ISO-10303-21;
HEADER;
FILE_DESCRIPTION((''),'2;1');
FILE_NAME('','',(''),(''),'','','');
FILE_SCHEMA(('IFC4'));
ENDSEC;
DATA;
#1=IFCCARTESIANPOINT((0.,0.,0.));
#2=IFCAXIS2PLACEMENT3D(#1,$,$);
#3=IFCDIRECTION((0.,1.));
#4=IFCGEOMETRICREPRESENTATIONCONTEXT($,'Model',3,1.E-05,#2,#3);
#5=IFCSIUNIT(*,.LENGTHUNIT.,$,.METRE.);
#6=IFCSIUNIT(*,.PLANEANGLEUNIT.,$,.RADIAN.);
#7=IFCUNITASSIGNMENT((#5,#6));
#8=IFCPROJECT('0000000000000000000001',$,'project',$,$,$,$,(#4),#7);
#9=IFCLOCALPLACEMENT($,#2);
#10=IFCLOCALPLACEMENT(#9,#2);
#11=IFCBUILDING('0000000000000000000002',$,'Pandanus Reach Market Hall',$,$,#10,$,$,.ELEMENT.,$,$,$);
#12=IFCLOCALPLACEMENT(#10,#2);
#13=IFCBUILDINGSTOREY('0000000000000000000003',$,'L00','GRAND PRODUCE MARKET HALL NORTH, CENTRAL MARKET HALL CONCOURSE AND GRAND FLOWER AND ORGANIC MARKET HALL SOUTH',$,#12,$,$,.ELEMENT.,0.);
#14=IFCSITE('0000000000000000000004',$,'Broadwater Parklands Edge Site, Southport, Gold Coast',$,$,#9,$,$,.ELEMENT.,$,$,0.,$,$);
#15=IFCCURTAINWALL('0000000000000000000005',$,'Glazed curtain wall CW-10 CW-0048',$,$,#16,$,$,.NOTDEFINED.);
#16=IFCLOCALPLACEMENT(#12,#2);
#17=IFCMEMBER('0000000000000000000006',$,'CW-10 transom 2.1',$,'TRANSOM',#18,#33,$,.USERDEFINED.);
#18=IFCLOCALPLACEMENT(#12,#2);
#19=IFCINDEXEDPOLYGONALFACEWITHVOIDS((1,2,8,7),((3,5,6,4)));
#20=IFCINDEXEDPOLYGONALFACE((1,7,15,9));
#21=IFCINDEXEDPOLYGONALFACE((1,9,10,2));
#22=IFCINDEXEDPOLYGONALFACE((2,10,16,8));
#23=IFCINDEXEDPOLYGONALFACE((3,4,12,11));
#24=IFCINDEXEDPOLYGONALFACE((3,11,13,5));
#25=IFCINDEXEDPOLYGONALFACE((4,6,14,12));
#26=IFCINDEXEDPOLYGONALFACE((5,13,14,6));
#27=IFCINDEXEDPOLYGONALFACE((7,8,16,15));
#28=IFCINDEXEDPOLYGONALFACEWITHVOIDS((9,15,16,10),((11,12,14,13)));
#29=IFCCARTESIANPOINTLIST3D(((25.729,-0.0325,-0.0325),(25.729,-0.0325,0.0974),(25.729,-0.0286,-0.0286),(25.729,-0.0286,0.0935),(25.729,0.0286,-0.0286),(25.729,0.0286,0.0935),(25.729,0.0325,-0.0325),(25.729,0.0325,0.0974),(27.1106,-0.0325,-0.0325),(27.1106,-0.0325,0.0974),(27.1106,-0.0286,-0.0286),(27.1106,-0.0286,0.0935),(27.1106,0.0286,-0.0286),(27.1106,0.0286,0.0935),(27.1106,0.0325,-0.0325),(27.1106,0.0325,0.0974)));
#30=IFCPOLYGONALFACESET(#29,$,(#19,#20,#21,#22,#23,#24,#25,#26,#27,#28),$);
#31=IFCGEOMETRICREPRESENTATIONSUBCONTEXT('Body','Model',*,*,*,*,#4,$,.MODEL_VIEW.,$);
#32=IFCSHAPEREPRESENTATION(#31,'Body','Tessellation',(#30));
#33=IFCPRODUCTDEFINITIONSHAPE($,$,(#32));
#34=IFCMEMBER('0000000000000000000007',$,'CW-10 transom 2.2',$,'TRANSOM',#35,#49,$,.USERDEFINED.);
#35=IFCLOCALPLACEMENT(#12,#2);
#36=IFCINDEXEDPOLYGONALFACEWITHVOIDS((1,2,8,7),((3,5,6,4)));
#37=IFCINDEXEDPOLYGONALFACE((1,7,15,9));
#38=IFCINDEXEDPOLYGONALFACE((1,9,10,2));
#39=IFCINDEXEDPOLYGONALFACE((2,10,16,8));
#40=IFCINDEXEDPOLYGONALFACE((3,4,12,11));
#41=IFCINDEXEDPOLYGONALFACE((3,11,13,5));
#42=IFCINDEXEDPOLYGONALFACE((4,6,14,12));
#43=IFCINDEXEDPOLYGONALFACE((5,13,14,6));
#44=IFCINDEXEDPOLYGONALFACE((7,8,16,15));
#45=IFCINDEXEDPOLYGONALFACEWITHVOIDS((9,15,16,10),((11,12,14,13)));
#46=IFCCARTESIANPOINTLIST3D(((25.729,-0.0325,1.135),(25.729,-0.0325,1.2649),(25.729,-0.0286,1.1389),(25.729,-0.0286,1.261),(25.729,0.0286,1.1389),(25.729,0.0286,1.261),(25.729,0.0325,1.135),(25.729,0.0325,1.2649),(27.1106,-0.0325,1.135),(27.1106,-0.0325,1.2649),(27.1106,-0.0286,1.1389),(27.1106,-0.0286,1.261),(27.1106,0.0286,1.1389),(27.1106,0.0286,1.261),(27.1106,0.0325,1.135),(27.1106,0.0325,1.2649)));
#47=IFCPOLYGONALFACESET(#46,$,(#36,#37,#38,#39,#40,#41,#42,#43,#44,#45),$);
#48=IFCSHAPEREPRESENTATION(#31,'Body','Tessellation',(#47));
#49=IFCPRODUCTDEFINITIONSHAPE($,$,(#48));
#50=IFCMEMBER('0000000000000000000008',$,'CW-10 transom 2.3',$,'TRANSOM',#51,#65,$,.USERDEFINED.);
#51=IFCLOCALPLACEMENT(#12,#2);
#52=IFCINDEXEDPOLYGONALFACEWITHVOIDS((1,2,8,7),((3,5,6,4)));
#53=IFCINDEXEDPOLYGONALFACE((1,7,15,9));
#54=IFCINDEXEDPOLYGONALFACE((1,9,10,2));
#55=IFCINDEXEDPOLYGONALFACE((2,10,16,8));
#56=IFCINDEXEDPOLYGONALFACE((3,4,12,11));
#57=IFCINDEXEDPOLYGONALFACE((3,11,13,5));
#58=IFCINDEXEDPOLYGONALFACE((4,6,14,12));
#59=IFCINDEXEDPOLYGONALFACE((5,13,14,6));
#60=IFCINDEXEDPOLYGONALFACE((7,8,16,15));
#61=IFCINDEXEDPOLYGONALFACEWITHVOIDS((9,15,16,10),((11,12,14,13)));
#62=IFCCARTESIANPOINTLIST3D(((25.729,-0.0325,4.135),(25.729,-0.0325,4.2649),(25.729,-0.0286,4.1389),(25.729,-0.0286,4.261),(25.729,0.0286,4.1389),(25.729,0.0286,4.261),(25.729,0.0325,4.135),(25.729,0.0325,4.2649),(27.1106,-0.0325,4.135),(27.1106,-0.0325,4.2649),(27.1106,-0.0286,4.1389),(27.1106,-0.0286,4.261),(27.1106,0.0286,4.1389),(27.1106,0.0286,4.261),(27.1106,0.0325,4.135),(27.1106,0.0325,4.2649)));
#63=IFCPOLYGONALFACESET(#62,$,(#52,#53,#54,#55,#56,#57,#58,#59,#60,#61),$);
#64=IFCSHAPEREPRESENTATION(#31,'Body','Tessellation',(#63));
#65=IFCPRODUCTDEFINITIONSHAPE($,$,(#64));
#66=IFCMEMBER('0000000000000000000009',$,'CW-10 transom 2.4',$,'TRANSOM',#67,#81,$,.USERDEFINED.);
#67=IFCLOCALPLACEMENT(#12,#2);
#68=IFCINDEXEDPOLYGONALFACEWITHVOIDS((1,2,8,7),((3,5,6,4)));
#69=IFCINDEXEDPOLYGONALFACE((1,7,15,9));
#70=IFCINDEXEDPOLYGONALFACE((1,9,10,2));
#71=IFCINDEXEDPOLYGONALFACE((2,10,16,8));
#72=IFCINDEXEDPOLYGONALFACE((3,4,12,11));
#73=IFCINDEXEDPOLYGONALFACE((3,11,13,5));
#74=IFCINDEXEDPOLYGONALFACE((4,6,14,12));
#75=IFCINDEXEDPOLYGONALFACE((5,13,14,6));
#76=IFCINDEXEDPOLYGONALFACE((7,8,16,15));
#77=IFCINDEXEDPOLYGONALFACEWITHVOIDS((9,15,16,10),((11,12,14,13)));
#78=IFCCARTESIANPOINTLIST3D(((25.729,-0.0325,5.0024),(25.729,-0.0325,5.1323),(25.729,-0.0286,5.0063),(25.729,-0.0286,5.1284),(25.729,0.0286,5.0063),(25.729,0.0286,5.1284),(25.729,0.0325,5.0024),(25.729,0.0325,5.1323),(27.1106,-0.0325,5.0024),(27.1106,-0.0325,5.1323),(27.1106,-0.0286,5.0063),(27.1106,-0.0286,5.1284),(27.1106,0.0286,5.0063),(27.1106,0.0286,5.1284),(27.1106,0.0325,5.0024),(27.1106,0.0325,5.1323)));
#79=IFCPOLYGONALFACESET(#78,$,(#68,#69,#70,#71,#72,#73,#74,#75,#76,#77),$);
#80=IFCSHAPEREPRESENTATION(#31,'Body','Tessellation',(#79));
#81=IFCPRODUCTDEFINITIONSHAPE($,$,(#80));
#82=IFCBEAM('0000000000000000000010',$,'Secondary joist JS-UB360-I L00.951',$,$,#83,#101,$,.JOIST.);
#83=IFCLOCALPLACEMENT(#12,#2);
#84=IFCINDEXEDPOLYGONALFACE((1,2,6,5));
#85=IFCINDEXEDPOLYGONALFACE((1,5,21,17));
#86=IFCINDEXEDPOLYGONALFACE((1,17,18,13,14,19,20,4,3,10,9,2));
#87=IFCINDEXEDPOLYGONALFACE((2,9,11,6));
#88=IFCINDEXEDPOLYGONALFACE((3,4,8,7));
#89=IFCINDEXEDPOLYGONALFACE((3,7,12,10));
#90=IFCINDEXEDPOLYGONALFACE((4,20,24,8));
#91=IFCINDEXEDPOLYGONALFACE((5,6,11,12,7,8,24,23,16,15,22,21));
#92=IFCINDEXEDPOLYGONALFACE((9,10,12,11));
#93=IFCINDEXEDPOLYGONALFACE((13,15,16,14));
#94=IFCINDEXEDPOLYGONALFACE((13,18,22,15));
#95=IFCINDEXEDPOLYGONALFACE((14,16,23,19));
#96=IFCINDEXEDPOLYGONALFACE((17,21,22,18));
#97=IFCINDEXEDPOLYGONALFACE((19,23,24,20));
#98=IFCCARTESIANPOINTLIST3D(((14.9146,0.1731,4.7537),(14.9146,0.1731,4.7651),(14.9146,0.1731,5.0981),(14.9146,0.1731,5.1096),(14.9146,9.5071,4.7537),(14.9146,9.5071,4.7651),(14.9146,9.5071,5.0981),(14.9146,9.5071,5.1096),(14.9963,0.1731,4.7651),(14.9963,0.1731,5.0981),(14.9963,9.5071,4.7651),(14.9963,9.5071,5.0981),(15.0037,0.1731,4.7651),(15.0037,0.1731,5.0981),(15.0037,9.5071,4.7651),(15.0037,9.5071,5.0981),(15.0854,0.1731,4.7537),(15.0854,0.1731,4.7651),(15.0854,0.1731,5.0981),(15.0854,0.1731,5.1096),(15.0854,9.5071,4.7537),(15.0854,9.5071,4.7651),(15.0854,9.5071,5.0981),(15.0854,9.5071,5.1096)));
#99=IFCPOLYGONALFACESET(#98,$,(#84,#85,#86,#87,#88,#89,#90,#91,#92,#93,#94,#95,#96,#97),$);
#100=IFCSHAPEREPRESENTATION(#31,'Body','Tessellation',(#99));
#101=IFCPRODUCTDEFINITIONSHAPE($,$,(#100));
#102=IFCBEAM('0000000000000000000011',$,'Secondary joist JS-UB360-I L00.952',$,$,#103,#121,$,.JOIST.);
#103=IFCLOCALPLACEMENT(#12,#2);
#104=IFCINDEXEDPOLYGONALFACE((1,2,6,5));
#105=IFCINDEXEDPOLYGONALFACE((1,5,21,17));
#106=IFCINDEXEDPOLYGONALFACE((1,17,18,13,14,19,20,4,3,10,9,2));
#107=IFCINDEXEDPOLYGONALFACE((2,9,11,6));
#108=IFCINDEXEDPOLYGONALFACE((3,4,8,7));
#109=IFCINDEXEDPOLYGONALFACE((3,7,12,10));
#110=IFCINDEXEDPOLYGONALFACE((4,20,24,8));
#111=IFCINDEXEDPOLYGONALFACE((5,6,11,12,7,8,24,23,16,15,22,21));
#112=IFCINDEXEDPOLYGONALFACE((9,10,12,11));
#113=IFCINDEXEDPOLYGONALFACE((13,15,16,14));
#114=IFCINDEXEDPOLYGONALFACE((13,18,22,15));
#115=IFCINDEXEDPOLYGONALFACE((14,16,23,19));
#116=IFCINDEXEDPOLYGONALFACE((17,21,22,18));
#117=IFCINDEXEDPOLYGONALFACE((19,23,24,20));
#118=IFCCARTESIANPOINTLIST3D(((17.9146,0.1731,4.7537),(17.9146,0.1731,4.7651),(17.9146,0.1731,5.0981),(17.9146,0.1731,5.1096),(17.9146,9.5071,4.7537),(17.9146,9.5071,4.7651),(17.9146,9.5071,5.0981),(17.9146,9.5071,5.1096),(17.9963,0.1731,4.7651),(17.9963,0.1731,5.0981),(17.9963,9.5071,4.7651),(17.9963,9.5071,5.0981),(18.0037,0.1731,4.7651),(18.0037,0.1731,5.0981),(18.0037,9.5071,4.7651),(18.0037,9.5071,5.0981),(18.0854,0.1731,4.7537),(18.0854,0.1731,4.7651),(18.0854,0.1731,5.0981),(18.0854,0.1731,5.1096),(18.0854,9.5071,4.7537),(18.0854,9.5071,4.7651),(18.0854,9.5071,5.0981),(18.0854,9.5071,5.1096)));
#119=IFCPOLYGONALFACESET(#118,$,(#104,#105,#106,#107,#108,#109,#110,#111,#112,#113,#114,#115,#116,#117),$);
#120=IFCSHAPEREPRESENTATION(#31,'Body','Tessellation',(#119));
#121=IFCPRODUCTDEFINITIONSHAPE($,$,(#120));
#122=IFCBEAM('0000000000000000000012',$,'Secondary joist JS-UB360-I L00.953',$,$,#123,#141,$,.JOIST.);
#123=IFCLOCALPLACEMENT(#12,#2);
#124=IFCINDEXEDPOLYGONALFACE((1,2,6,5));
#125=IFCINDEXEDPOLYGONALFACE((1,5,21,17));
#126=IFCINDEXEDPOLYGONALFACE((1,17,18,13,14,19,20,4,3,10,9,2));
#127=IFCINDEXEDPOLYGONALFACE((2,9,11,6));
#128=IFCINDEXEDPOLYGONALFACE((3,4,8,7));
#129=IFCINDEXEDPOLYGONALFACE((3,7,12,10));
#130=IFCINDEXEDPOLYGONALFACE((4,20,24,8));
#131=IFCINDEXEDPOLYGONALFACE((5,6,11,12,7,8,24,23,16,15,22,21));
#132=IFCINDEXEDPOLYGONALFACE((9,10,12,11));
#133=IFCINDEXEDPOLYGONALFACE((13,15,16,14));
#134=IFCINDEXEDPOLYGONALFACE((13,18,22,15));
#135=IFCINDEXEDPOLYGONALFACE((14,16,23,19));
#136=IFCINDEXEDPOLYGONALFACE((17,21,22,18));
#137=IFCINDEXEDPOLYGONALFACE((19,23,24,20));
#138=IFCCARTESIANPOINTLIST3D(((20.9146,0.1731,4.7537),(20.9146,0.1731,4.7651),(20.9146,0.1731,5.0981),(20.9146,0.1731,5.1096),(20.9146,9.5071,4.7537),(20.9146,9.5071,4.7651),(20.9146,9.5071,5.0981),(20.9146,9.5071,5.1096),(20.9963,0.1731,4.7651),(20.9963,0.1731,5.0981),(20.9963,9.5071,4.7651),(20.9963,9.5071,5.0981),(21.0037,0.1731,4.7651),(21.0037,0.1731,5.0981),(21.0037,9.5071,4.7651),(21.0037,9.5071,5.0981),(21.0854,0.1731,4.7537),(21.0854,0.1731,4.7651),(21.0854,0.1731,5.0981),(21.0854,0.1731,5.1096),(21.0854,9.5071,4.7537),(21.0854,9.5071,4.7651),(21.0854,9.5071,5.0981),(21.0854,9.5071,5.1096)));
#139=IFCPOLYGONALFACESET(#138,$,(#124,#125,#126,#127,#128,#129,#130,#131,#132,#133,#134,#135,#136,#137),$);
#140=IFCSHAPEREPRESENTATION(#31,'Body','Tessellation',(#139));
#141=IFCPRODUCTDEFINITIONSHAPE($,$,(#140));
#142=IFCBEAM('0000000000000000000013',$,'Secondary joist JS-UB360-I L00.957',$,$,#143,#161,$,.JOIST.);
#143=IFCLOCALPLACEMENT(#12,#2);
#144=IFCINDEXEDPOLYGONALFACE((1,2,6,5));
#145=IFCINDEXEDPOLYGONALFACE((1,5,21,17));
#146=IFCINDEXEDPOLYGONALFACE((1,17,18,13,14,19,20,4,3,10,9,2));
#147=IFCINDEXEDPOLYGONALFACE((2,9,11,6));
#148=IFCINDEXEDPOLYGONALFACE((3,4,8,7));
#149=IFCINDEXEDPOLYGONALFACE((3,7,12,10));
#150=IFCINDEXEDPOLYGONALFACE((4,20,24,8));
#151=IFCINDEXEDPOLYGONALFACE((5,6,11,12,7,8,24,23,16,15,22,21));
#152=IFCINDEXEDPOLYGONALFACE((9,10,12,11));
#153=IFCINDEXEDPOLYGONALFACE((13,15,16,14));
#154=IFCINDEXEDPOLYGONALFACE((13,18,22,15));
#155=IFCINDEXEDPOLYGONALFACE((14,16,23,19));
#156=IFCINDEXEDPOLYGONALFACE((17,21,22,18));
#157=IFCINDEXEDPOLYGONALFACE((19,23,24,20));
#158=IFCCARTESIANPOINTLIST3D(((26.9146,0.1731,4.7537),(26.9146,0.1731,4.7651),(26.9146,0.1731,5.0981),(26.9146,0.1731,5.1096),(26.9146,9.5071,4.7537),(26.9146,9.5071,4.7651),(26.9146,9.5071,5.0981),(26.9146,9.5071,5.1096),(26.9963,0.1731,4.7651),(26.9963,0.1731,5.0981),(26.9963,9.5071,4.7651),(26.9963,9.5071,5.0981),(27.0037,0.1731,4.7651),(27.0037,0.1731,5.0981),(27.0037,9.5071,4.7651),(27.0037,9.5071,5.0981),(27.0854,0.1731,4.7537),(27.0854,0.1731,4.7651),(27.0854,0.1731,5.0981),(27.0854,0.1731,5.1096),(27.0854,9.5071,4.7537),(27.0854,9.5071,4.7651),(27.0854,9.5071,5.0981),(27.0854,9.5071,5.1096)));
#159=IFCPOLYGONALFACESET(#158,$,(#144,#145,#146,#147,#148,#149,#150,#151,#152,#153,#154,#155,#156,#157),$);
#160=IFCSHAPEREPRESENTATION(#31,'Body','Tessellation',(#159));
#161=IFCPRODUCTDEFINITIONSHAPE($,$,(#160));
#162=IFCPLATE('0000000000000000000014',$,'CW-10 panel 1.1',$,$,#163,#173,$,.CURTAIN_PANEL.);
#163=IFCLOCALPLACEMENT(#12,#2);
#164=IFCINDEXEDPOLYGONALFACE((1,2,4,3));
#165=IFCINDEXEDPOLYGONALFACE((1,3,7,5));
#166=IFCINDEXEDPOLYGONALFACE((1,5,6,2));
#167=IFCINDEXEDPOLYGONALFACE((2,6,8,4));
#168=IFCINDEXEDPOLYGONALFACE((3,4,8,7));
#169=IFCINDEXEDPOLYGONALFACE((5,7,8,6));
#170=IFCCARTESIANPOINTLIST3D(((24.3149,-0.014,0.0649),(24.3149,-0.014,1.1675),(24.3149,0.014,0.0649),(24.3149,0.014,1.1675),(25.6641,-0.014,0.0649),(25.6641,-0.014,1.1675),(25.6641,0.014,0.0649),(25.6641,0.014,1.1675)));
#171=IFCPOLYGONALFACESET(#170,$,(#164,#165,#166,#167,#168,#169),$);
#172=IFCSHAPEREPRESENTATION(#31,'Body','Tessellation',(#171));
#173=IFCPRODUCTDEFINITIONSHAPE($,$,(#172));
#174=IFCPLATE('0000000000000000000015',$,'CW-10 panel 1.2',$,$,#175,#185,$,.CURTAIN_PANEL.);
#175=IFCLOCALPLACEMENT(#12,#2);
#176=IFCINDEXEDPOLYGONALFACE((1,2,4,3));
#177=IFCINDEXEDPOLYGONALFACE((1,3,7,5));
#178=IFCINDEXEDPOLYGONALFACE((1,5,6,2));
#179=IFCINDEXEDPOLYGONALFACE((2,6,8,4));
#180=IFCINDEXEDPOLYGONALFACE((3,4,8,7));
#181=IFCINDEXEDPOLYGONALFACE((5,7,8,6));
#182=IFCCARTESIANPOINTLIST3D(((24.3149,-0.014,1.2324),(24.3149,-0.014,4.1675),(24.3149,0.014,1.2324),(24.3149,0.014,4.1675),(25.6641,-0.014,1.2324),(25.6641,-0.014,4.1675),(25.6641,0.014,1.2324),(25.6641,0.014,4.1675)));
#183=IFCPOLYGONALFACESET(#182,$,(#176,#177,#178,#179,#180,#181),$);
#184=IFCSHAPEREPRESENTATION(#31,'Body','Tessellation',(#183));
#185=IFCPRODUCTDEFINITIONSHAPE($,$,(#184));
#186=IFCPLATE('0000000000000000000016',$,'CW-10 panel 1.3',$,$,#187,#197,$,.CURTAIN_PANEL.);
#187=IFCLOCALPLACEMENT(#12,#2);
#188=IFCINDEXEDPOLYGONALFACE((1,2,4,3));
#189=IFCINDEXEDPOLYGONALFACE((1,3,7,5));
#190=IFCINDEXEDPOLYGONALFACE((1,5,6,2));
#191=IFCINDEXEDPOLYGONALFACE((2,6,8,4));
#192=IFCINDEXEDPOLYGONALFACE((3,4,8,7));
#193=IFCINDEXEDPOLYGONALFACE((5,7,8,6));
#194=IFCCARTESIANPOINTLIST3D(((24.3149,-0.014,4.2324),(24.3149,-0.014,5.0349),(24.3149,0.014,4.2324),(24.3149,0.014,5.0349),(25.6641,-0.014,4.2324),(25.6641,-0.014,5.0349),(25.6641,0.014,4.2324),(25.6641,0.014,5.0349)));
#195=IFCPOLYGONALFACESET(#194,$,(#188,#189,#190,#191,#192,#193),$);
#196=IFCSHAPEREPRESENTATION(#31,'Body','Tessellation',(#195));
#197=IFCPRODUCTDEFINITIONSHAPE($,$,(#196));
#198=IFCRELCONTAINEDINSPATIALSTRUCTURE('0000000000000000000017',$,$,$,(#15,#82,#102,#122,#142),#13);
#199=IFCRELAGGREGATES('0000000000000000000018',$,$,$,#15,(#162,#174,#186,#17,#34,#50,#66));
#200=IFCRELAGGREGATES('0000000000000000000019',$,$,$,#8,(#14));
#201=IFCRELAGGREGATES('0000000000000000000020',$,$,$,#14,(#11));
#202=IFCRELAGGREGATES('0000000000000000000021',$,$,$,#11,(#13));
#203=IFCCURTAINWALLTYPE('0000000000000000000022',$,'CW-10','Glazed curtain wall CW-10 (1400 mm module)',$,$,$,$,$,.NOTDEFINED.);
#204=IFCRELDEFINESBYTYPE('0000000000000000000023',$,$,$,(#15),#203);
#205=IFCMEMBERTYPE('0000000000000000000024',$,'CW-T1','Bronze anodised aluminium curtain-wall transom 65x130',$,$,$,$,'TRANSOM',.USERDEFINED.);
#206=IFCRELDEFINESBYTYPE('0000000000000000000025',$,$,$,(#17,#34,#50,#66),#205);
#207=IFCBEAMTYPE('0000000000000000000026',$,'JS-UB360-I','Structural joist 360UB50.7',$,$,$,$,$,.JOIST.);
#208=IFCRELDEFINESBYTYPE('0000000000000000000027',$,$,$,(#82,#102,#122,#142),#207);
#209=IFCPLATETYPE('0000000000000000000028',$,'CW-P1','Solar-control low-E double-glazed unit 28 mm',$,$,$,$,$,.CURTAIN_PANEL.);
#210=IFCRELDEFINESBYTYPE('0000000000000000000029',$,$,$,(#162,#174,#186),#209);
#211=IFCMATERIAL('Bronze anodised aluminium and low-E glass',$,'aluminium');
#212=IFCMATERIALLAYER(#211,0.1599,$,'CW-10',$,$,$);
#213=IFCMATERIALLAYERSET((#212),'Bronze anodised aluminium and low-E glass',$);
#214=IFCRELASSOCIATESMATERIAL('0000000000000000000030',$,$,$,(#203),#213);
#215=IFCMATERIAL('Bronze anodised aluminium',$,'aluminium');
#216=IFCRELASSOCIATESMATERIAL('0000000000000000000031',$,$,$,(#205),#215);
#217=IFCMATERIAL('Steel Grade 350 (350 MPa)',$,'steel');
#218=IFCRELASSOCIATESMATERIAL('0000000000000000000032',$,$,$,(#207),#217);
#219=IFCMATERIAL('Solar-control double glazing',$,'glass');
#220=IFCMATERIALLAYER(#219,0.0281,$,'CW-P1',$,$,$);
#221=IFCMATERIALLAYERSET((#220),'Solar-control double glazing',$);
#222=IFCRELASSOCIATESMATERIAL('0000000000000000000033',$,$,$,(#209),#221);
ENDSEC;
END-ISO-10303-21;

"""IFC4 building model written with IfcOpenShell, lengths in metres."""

from ifc_helpers import new_model, si_unit, direction, frame, origin, origin_2d, place, context, subcontext, project, spatial, rectangle, hollow_rectangle, i_section, extrude, material, layer, layer_set, material_profile, profile_set, type_object, element, aggregate, save


model = new_model("IFC4")

# Units and contexts
model_context = context("Model", 3, precision=1e-05, world=origin(), true_north=direction((0.0, 1.0)))
body_context = subcontext(model_context, "Body", "Model", "MODEL_VIEW")
ifc_project = project(units=[si_unit("LENGTHUNIT", "METRE"), si_unit("PLANEANGLEUNIT", "RADIAN")], contexts=[model_context])

# Site, building, storey
site_placement = place(None, origin())
site = spatial("IfcSite", under=ifc_project, at=site_placement, Name="Broadwater Parklands Edge Site, Southport, Gold Coast", CompositionType="ELEMENT", RefElevation=0.0)
building_placement = place(site_placement, origin())
building = spatial("IfcBuilding", under=site, at=building_placement, Name="Pandanus Reach Market Hall", CompositionType="ELEMENT")
storey_placement = place(building_placement, origin())
storey = spatial("IfcBuildingStorey", under=building, at=storey_placement, Name="L00", Description="GRAND PRODUCE MARKET HALL NORTH, CENTRAL MARKET HALL CONCOURSE AND GRAND FLOWER AND ORGANIC MARKET HALL SOUTH", CompositionType="ELEMENT", Elevation=0.0)

# Shared definitions
ifc_material_1 = material(Name="Steel Grade 350 (350 MPa)", Category="steel")

# Shared definitions
ifc_material_2 = material(Name="Bronze anodised aluminium and low-E glass", Category="aluminium")
ifc_material_3 = material(Name="Bronze anodised aluminium", Category="aluminium")

# Curtain wall, members
ifc_layer_1 = layer(ifc_material_2, 0.1599, Name="CW-10")
ifc_layer_set_1 = layer_set([ifc_layer_1], Name="Bronze anodised aluminium and low-E glass")
curtain_wall_type_1 = type_object("IfcCurtainWallType", Name="CW-10", Description="Glazed curtain wall CW-10 (1400 mm module)", PredefinedType="NOTDEFINED", material=ifc_layer_set_1)
curtain_wall_1_placement = place(storey_placement, origin())
curtain_wall_1 = element("IfcCurtainWall", 1, at=curtain_wall_1_placement, inside=storey, type_object=curtain_wall_type_1, Name="Glazed curtain wall CW-10 CW-0048", PredefinedType="NOTDEFINED")
ifc_material_profile_1 = material_profile(ifc_material_3, hollow_rectangle(XDim=0.0649, YDim=0.1299, WallThickness=0.0039, at=origin_2d()), Name="ALU65x130", Category="LoadBearing")
ifc_profile_set_1 = profile_set([ifc_material_profile_1], Name="Bronze anodised aluminium")
member_type_1 = type_object("IfcMemberType", Name="CW-T1", Description="Bronze anodised aluminium curtain-wall transom 65x130", ElementType="TRANSOM", PredefinedType="USERDEFINED", material=ifc_profile_set_1)
member_1_placement = place(storey_placement, frame((25.729, 0.0, 0.0325), z_axis=(1.0, 0.0, 0.0), x_axis=(0.0, 1.0, 0.0)))
member_1 = element("IfcMember", 2, at=member_1_placement, type_object=member_type_1, Name="CW-10 transom 2.1", ObjectType="TRANSOM", PredefinedType="USERDEFINED", context=body_context, shape_type="SweptSolid", body=[
    extrude(hollow_rectangle(XDim=0.0649, YDim=0.1299, WallThickness=0.0039, at=origin_2d()), origin(), (0.0, 0.0, 1.0), 1.3816),
])
member_2_placement = place(storey_placement, frame((25.729, 0.0, 1.2), z_axis=(1.0, 0.0, 0.0), x_axis=(0.0, 1.0, 0.0)))
member_2 = element("IfcMember", 3, at=member_2_placement, type_object=member_type_1, Name="CW-10 transom 2.2", ObjectType="TRANSOM", PredefinedType="USERDEFINED", context=body_context, shape_type="SweptSolid", body=[
    extrude(hollow_rectangle(XDim=0.0649, YDim=0.1299, WallThickness=0.0039, at=origin_2d()), origin(), (0.0, 0.0, 1.0), 1.3816),
])
member_3_placement = place(storey_placement, frame((25.729, 0.0, 4.2), z_axis=(1.0, 0.0, 0.0), x_axis=(0.0, 1.0, 0.0)))
member_3 = element("IfcMember", 4, at=member_3_placement, type_object=member_type_1, Name="CW-10 transom 2.3", ObjectType="TRANSOM", PredefinedType="USERDEFINED", context=body_context, shape_type="SweptSolid", body=[
    extrude(hollow_rectangle(XDim=0.0649, YDim=0.1299, WallThickness=0.0039, at=origin_2d()), origin(), (0.0, 0.0, 1.0), 1.3816),
])
member_4_placement = place(storey_placement, frame((25.729, 0.0, 5.0674), z_axis=(1.0, 0.0, 0.0), x_axis=(0.0, 1.0, 0.0)))
member_4 = element("IfcMember", 5, at=member_4_placement, type_object=member_type_1, Name="CW-10 transom 2.4", ObjectType="TRANSOM", PredefinedType="USERDEFINED", context=body_context, shape_type="SweptSolid", body=[
    extrude(hollow_rectangle(XDim=0.0649, YDim=0.1299, WallThickness=0.0039, at=origin_2d()), origin(), (0.0, 0.0, 1.0), 1.3816),
])

# Beams
ifc_material_profile_2 = material_profile(ifc_material_1, i_section(OverallWidth=0.1709, OverallDepth=0.356, WebThickness=0.0073, FlangeThickness=0.0115, at=origin_2d()), Name="360UB50.7", Category="LoadBearing")
ifc_profile_set_2 = profile_set([ifc_material_profile_2], Name="Steel Grade 350 (350 MPa)")
beam_type_1 = type_object("IfcBeamType", Name="JS-UB360-I", Description="Structural joist 360UB50.7", PredefinedType="JOIST", material=ifc_profile_set_2)
for number, where, z_axis, x_axis, name in (
    (6, (15.0, 0.1731, 4.9316), (0.0, 1.0, 0.0), (-1.0, 0.0, 0.0), "Secondary joist JS-UB360-I L00.951"),
    (7, (18.0, 0.1731, 4.9316), (0.0, 1.0, 0.0), (-1.0, 0.0, 0.0), "Secondary joist JS-UB360-I L00.952"),
    (8, (21.0, 0.1731, 4.9316), (0.0, 1.0, 0.0), (-1.0, 0.0, 0.0), "Secondary joist JS-UB360-I L00.953"),
    (9, (27.0, 0.1731, 4.9316), (0.0, 1.0, 0.0), (-1.0, 0.0, 0.0), "Secondary joist JS-UB360-I L00.957"),
):
    element("IfcBeam", number, at=place(storey_placement, frame(where, z_axis=z_axis, x_axis=x_axis)), inside=storey, type_object=beam_type_1, Name=name, PredefinedType="JOIST", context=body_context, shape_type="SweptSolid", body=[
        extrude(i_section(OverallWidth=0.1709, OverallDepth=0.356, WebThickness=0.0073, FlangeThickness=0.0115, at=origin_2d()), origin(), (0.0, 0.0, 1.0), 9.334),
    ])

# Plates
ifc_material_4 = material(Name="Solar-control double glazing", Category="glass")
ifc_layer_2 = layer(ifc_material_4, 0.0281, Name="CW-P1")
ifc_layer_set_2 = layer_set([ifc_layer_2], Name="Solar-control double glazing")
plate_type = type_object("IfcPlateType", Name="CW-P1", Description="Solar-control low-E double-glazed unit 28 mm", PredefinedType="CURTAIN_PANEL", material=ifc_layer_set_2)
plate_1_placement = place(storey_placement, frame((24.9895, 0.0, 0.0649), z_axis=(0.0, 0.0, 1.0), x_axis=(1.0, 0.0, 0.0)))
plate_1 = element("IfcPlate", 10, at=plate_1_placement, type_object=plate_type, Name="CW-10 panel 1.1", PredefinedType="CURTAIN_PANEL", context=body_context, shape_type="SweptSolid", body=[
    extrude(rectangle(XDim=1.3491, YDim=0.0281, at=origin_2d()), origin(), (0.0, 0.0, 1.0), 1.1025),
])
plate_2_placement = place(storey_placement, frame((24.9895, 0.0, 1.2324), z_axis=(0.0, 0.0, 1.0), x_axis=(1.0, 0.0, 0.0)))
plate_2 = element("IfcPlate", 11, at=plate_2_placement, type_object=plate_type, Name="CW-10 panel 1.2", PredefinedType="CURTAIN_PANEL", context=body_context, shape_type="SweptSolid", body=[
    extrude(rectangle(XDim=1.3491, YDim=0.0281, at=origin_2d()), origin(), (0.0, 0.0, 1.0), 2.9351),
])
plate_3_placement = place(storey_placement, frame((24.9895, 0.0, 4.2324), z_axis=(0.0, 0.0, 1.0), x_axis=(1.0, 0.0, 0.0)))
plate_3 = element("IfcPlate", 12, at=plate_3_placement, type_object=plate_type, Name="CW-10 panel 1.3", PredefinedType="CURTAIN_PANEL", context=body_context, shape_type="SweptSolid", body=[
    extrude(rectangle(XDim=1.3491, YDim=0.0281, at=origin_2d()), origin(), (0.0, 0.0, 1.0), 0.8025),
])
aggregate(curtain_wall_1, [plate_1, plate_2, plate_3, member_1, member_2, member_3, member_4])

save(model, "model.ifc")
